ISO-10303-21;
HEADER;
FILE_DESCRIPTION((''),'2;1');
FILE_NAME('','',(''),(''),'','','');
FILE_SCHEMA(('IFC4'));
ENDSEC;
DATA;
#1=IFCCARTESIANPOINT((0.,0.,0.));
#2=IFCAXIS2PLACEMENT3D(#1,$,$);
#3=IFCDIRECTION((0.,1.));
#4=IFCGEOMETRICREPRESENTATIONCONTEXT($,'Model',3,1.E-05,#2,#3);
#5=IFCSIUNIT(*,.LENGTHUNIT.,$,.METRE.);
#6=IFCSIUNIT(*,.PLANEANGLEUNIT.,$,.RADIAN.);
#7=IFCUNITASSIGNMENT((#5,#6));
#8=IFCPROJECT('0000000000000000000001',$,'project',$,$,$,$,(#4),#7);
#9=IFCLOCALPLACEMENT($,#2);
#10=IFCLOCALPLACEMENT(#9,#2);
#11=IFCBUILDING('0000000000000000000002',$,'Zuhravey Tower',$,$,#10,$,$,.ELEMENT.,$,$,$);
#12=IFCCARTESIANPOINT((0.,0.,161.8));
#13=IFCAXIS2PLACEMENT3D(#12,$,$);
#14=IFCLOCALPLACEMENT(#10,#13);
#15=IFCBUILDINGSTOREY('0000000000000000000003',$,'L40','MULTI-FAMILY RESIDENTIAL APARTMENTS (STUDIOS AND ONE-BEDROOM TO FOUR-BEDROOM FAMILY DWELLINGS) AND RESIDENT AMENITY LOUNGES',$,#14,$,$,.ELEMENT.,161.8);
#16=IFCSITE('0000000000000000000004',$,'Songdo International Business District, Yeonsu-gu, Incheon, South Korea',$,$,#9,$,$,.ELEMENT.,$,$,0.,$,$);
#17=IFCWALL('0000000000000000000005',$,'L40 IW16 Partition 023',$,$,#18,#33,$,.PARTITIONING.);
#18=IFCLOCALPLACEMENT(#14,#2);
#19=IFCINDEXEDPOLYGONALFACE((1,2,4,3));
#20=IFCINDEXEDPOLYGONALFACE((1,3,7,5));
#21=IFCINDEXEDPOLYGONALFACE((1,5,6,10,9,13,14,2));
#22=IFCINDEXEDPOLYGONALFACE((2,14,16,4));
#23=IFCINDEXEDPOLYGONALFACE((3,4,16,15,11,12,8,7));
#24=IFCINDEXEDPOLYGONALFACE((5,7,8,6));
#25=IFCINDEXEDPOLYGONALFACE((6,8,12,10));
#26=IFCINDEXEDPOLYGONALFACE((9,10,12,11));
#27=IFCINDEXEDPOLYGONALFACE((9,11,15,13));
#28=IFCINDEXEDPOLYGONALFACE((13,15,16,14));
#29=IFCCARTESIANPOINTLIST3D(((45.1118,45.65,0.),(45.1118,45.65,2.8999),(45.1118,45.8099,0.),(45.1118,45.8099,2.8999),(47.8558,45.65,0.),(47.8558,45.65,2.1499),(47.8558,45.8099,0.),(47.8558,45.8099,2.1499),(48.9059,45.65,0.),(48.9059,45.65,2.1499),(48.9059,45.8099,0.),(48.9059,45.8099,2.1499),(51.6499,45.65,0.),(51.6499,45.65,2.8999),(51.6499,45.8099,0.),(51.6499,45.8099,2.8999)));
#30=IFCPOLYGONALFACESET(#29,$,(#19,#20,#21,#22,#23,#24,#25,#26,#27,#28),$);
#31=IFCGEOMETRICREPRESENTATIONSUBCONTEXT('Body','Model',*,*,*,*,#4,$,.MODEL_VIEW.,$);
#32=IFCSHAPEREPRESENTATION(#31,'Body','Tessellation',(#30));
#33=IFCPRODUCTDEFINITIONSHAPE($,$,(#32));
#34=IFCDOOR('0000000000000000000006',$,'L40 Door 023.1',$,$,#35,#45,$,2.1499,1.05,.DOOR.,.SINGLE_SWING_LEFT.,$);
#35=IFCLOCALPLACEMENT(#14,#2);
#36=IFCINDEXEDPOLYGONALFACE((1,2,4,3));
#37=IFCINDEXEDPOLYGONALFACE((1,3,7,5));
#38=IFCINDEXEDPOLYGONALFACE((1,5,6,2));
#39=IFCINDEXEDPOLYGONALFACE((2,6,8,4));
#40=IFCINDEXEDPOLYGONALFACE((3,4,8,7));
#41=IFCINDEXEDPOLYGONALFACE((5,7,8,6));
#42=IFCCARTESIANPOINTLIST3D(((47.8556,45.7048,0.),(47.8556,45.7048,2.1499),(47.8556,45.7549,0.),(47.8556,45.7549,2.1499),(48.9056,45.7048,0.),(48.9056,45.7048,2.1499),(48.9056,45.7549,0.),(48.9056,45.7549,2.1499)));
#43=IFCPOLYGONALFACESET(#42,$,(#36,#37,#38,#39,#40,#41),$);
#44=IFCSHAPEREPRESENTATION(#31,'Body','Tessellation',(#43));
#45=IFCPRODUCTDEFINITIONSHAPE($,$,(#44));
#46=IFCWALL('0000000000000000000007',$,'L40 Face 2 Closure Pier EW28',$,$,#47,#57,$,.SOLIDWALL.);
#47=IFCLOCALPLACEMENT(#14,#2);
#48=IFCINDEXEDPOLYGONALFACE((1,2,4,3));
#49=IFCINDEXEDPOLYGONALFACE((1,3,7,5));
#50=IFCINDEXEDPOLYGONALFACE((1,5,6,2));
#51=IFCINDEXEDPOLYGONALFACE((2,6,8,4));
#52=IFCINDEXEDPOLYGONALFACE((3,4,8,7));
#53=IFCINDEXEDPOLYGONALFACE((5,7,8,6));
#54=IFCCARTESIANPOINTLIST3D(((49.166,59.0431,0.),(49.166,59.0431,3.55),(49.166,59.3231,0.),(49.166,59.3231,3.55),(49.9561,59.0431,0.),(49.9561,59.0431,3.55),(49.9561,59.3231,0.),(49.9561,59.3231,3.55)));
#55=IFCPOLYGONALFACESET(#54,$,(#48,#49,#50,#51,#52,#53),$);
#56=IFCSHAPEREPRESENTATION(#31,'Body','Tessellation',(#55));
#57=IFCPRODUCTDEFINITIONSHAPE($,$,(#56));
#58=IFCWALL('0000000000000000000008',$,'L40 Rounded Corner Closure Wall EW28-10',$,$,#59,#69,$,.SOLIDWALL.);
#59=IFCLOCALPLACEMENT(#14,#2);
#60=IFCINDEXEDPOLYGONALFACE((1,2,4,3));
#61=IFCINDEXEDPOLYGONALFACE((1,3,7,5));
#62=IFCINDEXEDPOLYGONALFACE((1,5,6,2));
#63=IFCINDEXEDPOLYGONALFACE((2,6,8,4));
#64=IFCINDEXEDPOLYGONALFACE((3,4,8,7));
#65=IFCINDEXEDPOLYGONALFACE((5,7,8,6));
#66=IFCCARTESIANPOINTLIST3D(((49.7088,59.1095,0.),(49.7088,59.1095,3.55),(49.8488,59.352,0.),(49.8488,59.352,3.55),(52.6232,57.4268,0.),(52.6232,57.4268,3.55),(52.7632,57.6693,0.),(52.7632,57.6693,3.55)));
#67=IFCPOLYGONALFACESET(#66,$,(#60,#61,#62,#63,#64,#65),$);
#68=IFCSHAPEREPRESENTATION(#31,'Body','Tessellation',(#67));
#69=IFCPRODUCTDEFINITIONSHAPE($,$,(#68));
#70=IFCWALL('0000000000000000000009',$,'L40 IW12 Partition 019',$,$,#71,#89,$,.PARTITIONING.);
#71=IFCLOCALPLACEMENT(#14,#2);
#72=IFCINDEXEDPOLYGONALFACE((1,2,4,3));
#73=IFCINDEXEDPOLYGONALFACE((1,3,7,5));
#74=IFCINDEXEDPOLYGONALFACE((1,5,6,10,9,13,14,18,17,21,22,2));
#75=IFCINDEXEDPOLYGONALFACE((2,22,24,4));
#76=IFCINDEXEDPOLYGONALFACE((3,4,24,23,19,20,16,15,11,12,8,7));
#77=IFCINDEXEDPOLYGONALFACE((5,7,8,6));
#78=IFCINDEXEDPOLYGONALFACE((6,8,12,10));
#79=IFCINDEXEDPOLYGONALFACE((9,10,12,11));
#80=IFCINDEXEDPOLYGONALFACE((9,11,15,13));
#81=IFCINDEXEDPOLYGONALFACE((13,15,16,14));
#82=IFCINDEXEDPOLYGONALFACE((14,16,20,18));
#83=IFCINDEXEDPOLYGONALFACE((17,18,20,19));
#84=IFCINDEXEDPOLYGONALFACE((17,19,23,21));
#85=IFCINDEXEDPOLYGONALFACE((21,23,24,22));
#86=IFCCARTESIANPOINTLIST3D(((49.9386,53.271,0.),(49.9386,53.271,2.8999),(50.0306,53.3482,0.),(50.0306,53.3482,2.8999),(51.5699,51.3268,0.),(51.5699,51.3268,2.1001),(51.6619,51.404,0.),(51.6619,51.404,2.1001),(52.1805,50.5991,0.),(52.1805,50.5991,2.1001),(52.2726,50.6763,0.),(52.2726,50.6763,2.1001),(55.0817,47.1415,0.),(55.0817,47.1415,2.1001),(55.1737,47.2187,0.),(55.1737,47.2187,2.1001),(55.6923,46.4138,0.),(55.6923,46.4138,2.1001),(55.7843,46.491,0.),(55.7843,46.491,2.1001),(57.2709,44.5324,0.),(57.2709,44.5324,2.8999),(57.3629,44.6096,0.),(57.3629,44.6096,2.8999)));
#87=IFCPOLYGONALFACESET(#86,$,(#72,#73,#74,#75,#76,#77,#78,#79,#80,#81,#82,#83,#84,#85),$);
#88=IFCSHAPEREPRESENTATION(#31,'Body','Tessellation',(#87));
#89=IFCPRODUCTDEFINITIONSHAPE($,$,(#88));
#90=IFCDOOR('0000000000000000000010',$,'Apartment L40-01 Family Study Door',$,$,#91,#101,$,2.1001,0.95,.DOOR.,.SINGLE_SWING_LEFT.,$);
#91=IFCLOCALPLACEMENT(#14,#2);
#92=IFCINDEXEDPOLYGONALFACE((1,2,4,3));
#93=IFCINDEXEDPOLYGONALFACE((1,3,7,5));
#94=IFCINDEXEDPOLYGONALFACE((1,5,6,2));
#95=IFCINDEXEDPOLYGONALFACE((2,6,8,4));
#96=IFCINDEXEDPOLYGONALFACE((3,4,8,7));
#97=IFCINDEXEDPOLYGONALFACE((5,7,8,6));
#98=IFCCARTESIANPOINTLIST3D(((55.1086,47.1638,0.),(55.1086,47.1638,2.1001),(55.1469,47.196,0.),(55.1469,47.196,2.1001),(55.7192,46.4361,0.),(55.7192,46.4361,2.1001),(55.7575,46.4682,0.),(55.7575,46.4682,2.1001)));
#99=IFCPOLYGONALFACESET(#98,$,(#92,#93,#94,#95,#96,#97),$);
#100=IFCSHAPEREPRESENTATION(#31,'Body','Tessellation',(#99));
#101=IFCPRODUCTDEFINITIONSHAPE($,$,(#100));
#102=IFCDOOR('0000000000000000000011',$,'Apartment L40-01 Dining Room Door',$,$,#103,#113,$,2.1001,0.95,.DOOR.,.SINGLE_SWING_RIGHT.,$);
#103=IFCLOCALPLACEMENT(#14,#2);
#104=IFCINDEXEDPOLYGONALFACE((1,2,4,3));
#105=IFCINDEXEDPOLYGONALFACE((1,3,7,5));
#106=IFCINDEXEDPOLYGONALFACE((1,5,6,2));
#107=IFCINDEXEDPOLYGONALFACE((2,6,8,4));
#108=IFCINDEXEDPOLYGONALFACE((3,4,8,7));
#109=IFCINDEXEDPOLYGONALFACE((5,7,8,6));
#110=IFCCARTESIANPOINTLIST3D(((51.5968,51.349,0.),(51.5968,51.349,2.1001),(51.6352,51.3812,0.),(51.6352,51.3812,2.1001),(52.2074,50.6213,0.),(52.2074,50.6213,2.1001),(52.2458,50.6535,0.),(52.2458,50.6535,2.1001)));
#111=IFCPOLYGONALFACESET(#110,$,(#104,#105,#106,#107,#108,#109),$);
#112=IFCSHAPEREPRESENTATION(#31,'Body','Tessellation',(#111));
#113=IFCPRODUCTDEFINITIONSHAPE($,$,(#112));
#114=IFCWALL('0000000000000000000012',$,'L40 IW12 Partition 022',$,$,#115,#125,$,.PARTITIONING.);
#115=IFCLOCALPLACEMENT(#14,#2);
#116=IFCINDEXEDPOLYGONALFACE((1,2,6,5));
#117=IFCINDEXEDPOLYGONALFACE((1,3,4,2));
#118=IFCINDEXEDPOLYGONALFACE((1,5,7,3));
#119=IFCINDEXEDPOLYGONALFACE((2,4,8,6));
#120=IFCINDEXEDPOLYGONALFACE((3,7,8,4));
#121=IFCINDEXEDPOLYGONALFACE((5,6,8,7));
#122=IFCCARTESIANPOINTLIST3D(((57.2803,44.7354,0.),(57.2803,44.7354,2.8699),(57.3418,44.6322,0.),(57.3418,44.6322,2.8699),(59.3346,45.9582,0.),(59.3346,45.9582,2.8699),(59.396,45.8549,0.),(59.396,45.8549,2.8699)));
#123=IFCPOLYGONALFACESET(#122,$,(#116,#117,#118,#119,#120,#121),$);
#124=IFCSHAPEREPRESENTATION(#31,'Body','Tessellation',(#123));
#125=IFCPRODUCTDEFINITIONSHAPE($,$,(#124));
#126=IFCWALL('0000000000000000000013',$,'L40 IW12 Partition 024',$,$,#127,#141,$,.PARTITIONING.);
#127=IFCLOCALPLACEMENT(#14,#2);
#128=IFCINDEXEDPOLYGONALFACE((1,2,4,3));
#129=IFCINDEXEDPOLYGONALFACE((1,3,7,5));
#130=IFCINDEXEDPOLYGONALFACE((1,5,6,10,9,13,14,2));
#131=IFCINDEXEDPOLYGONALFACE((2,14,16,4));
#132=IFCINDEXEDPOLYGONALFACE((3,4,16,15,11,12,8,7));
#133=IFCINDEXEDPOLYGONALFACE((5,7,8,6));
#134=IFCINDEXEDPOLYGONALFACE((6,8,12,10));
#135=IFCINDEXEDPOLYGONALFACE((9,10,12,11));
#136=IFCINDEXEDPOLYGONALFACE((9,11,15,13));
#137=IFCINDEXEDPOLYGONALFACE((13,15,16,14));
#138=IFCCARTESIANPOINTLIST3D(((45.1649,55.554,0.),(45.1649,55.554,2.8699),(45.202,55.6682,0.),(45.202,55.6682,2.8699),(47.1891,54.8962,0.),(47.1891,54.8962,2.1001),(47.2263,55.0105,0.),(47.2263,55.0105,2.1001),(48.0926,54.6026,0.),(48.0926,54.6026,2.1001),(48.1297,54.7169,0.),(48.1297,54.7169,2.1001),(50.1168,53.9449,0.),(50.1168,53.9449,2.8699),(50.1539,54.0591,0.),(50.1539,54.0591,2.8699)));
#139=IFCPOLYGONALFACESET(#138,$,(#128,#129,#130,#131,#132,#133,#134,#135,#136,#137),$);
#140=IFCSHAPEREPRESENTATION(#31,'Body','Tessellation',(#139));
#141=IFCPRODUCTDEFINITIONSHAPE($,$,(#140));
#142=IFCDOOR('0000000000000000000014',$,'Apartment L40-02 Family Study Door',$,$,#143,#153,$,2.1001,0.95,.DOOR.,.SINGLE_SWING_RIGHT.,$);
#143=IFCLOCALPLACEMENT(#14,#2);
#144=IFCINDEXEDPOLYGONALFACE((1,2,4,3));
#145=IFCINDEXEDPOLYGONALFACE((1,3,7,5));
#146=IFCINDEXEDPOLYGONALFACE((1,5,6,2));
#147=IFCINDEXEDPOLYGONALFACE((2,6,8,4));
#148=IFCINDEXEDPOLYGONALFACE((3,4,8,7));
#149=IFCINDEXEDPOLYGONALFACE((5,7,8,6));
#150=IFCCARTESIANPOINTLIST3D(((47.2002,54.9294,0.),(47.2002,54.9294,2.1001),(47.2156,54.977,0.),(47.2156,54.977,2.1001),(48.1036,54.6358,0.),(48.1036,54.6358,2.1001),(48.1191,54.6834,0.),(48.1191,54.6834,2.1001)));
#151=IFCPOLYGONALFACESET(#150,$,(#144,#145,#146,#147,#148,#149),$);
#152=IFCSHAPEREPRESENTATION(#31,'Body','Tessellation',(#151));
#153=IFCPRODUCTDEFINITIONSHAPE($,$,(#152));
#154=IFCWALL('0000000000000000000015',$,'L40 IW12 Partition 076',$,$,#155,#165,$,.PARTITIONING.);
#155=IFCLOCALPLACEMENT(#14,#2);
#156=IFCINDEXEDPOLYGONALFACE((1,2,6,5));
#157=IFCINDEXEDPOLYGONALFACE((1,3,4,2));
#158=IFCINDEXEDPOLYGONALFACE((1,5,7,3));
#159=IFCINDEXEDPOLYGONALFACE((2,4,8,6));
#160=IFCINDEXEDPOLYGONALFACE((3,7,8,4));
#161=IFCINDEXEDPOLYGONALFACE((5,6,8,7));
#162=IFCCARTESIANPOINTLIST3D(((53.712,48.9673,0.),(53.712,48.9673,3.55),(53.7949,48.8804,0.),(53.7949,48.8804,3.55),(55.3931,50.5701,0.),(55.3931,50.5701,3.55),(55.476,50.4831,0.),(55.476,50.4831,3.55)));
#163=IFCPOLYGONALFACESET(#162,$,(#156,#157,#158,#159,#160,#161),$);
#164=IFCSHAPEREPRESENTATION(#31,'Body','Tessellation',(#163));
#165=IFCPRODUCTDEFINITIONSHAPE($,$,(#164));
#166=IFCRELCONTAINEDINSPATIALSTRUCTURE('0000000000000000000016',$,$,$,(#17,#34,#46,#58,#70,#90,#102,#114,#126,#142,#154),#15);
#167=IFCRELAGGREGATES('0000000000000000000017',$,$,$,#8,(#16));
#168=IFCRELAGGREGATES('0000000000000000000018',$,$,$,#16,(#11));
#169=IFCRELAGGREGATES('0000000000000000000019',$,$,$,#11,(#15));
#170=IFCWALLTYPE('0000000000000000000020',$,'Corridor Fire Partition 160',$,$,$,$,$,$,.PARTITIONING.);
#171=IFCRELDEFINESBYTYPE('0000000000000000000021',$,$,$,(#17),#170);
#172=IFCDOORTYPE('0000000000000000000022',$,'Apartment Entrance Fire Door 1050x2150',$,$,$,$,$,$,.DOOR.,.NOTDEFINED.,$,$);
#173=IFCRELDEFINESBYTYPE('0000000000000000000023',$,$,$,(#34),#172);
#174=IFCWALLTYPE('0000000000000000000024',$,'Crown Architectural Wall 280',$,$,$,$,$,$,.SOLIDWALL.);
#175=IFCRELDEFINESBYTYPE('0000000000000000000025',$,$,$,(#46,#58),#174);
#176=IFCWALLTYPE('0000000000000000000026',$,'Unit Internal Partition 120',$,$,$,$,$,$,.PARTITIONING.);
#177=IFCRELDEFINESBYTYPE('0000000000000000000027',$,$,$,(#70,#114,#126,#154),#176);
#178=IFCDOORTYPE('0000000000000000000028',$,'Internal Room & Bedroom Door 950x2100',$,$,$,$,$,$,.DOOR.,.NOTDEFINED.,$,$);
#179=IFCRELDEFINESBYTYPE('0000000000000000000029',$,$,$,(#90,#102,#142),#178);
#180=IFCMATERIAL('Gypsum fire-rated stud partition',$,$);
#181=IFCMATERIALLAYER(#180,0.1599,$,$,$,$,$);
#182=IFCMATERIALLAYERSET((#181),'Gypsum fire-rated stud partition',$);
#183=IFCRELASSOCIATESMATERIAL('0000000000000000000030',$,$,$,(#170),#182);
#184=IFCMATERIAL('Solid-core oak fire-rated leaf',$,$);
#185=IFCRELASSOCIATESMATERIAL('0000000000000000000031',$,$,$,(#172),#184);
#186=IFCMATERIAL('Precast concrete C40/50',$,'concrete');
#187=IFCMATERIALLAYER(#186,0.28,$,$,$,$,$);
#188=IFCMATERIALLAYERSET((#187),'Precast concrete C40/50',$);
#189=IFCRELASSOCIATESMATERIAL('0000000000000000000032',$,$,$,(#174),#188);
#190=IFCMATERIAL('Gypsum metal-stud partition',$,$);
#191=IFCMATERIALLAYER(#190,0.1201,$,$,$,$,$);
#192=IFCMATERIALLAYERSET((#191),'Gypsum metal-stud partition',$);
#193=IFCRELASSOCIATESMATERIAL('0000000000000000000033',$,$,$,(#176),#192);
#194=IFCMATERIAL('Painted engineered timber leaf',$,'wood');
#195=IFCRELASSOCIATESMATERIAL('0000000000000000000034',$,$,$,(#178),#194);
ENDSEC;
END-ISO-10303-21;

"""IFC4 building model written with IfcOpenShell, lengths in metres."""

from ifc_helpers import new_model, si_unit, direction, frame, frame_2d, origin, place, context, subcontext, project, spatial, rectangle, extrude, material, layer, layer_set, type_object, element, fill, save


model = new_model("IFC4")

# Units and contexts
model_context = context("Model", 3, precision=1e-05, world=origin(), true_north=direction((0.0, 1.0)))
body_context = subcontext(model_context, "Body", "Model", "MODEL_VIEW")
ifc_project = project(units=[si_unit("LENGTHUNIT", "METRE"), si_unit("PLANEANGLEUNIT", "RADIAN")], contexts=[model_context])

# Site, building, storey
site_placement = place(None, origin())
site = spatial("IfcSite", under=ifc_project, at=site_placement, Name="Songdo International Business District, Yeonsu-gu, Incheon, South Korea", CompositionType="ELEMENT", RefElevation=0.0)
building_placement = place(site_placement, origin())
building = spatial("IfcBuilding", under=site, at=building_placement, Name="Zuhravey Tower", CompositionType="ELEMENT")
storey_placement = place(building_placement, frame((0.0, 0.0, 161.8)))
storey = spatial("IfcBuildingStorey", under=building, at=storey_placement, Name="L40", Description="MULTI-FAMILY RESIDENTIAL APARTMENTS (STUDIOS AND ONE-BEDROOM TO FOUR-BEDROOM FAMILY DWELLINGS) AND RESIDENT AMENITY LOUNGES", CompositionType="ELEMENT", Elevation=161.8)

# Wall, opening, door
ifc_material_1 = material(Name="Gypsum fire-rated stud partition")
ifc_layer_1 = layer(ifc_material_1, 0.1599)
ifc_layer_set_1 = layer_set([ifc_layer_1], Name="Gypsum fire-rated stud partition")
wall_type_1 = type_object("IfcWallType", Name="Corridor Fire Partition 160", PredefinedType="PARTITIONING", material=ifc_layer_set_1)
wall_1_placement = place(storey_placement, frame((51.6499, 45.73, 0.0), z_axis=(0.0, 0.0, 1.0), x_axis=(-1.0, 0.0, 0.0)))
wall_1 = element("IfcWall", 1, at=wall_1_placement, inside=storey, type_object=wall_type_1, Name="L40 IW16 Partition 023", PredefinedType="PARTITIONING", context=body_context, shape_type="SweptSolid", body=[
    extrude(rectangle(XDim=6.5381, YDim=0.1599, at=frame_2d((3.269, 0.0))), origin(), (0.0, 0.0, 1.0), 2.8999),
])
opening_1_placement = place(wall_1_placement, frame((2.7441, 0.0, 0.0)))
opening_1 = element("IfcOpeningElement", 2, at=opening_1_placement, cuts=wall_1, PredefinedType="OPENING", context=body_context, shape_type="SweptSolid", body=[
    extrude(rectangle(XDim=1.05, YDim=2.1499, at=frame_2d((0.5249, 1.075))), frame((0.0, 0.092, 0.0), z_axis=(0.0, -1.0, 0.0), x_axis=(1.0, 0.0, 0.0)), (0.0, 0.0, 1.0), 0.1838),
])
ifc_material_2 = material(Name="Solid-core oak fire-rated leaf")
door_type_1 = type_object("IfcDoorType", Name="Apartment Entrance Fire Door 1050x2150", OperationType="NOTDEFINED", PredefinedType="DOOR", material=ifc_material_2)
door_1_placement = place(opening_1_placement, frame((1.05, 0.0, 0.0), z_axis=(0.0, 0.0, 1.0), x_axis=(-1.0, 0.0, 0.0)))
door_1 = element("IfcDoor", 3, at=door_1_placement, inside=storey, type_object=door_type_1, Name="L40 Door 023.1", OperationType="SINGLE_SWING_LEFT", OverallHeight=2.1499, OverallWidth=1.05, PredefinedType="DOOR", context=body_context, shape_type="SweptSolid", body=[
    extrude(rectangle(XDim=1.05, YDim=2.1499, at=frame_2d((0.5249, 1.075))), frame((0.0, 0.0249, 0.0), z_axis=(0.0, -1.0, 0.0), x_axis=(1.0, 0.0, 0.0)), (0.0, 0.0, 1.0), 0.05),
])
fill(opening_1, door_1)

# Walls
ifc_material_3 = material(Name="Precast concrete C40/50", Category="concrete")
ifc_layer_2 = layer(ifc_material_3, 0.28)
ifc_layer_set_2 = layer_set([ifc_layer_2], Name="Precast concrete C40/50")
wall_type_2 = type_object("IfcWallType", Name="Crown Architectural Wall 280", PredefinedType="SOLIDWALL", material=ifc_layer_set_2)
wall_2_placement = place(storey_placement, frame((49.166, 59.1831, 0.0), z_axis=(0.0, 0.0, 1.0), x_axis=(1.0, 0.0, 0.0)))
element("IfcWall", 4, at=wall_2_placement, inside=storey, type_object=wall_type_2, Name="L40 Face 2 Closure Pier EW28", PredefinedType="SOLIDWALL", context=body_context, shape_type="SweptSolid", body=[
    extrude(rectangle(XDim=0.79, YDim=0.28, at=frame_2d((0.395, 0.0))), origin(), (0.0, 0.0, 1.0), 3.55),
])
wall_3_placement = place(storey_placement, frame((49.7788, 59.2307, 0.0), z_axis=(0.0, 0.0, 1.0), x_axis=(0.86602, -0.500009, 0.0)))
element("IfcWall", 5, at=wall_3_placement, inside=storey, type_object=wall_type_2, Name="L40 Rounded Corner Closure Wall EW28-10", PredefinedType="SOLIDWALL", context=body_context, shape_type="SweptSolid", body=[
    extrude(rectangle(XDim=3.3652, YDim=0.28, at=frame_2d((1.6826, 0.0))), origin(), (0.0, 0.0, 1.0), 3.55),
])

# Wall, openings, doors
ifc_material_4 = material(Name="Gypsum metal-stud partition")
ifc_layer_3 = layer(ifc_material_4, 0.1201)
ifc_layer_set_3 = layer_set([ifc_layer_3], Name="Gypsum metal-stud partition")
wall_type_3 = type_object("IfcWallType", Name="Unit Internal Partition 120", PredefinedType="PARTITIONING", material=ifc_layer_set_3)
wall_4_placement = place(storey_placement, frame((57.3169, 44.571, 0.0), z_axis=(0.0, 0.0, 1.0), x_axis=(-0.642776, 0.766054, 0.0)))
wall_4 = element("IfcWall", 6, at=wall_4_placement, inside=storey, type_object=wall_type_3, Name="L40 IW12 Partition 019", PredefinedType="PARTITIONING", context=body_context, shape_type="SweptSolid", body=[
    extrude(rectangle(XDim=11.4072, YDim=0.1201, at=frame_2d((5.7036, 0.0))), origin(), (0.0, 0.0, 1.0), 2.8999),
])
opening_2_placement = place(wall_4_placement, frame((2.4558, 0.0, 0.0)))
opening_2 = element("IfcOpeningElement", 7, at=opening_2_placement, cuts=wall_4, PredefinedType="OPENING", context=body_context, shape_type="SweptSolid", body=[
    extrude(rectangle(XDim=0.95, YDim=2.1001, at=frame_2d((0.4751, 1.05))), frame((0.0, 0.072, 0.0), z_axis=(0.0, -1.0, 0.0), x_axis=(1.0, 0.0, 0.0)), (0.0, 0.0, 1.0), 0.144),
])
opening_3_placement = place(wall_4_placement, frame((7.9192, 0.0, 0.0)))
opening_3 = element("IfcOpeningElement", 8, at=opening_3_placement, cuts=wall_4, PredefinedType="OPENING", context=body_context, shape_type="SweptSolid", body=[
    extrude(rectangle(XDim=0.95, YDim=2.1001, at=frame_2d((0.4751, 1.05))), frame((0.0, 0.072, 0.0), z_axis=(0.0, -1.0, 0.0), x_axis=(1.0, 0.0, 0.0)), (0.0, 0.0, 1.0), 0.144),
])
ifc_material_5 = material(Name="Painted engineered timber leaf", Category="wood")
door_type_2 = type_object("IfcDoorType", Name="Internal Room & Bedroom Door 950x2100", OperationType="NOTDEFINED", PredefinedType="DOOR", material=ifc_material_5)
door_2_placement = place(opening_2_placement, frame((0.95, 0.0, 0.0), z_axis=(0.0, 0.0, 1.0), x_axis=(-1.0, 0.0, 0.0)))
door_2 = element("IfcDoor", 9, at=door_2_placement, inside=storey, type_object=door_type_2, Name="Apartment L40-01 Family Study Door", OperationType="SINGLE_SWING_LEFT", OverallHeight=2.1001, OverallWidth=0.95, PredefinedType="DOOR", context=body_context, shape_type="SweptSolid", body=[
    extrude(rectangle(XDim=0.95, YDim=2.1001, at=frame_2d((0.4751, 1.05))), frame((0.0, 0.0249, 0.0), z_axis=(0.0, -1.0, 0.0), x_axis=(1.0, 0.0, 0.0)), (0.0, 0.0, 1.0), 0.05),
])
fill(opening_2, door_2)
door_3_placement = place(opening_3_placement, frame((0.95, 0.0, 0.0), z_axis=(0.0, 0.0, 1.0), x_axis=(-1.0, 0.0, 0.0)))
door_3 = element("IfcDoor", 10, at=door_3_placement, inside=storey, type_object=door_type_2, Name="Apartment L40-01 Dining Room Door", OperationType="SINGLE_SWING_RIGHT", OverallHeight=2.1001, OverallWidth=0.95, PredefinedType="DOOR", context=body_context, shape_type="SweptSolid", body=[
    extrude(rectangle(XDim=0.95, YDim=2.1001, at=frame_2d((0.4751, 1.05))), frame((0.0, 0.0249, 0.0), z_axis=(0.0, -1.0, 0.0), x_axis=(1.0, 0.0, 0.0)), (0.0, 0.0, 1.0), 0.05),
])
fill(opening_3, door_3)

# Wall
wall_5_placement = place(storey_placement, frame((57.311, 44.6838, 0.0), z_axis=(0.0, 0.0, 1.0), x_axis=(0.859308, 0.511459, 0.0)))
element("IfcWall", 11, at=wall_5_placement, inside=storey, type_object=wall_type_3, Name="L40 IW12 Partition 022", PredefinedType="PARTITIONING", context=body_context, shape_type="SweptSolid", body=[
    extrude(rectangle(XDim=2.3906, YDim=0.1201, at=frame_2d((1.1953, 0.0))), origin(), (0.0, 0.0, 1.0), 2.8699),
])

# Wall, opening, door
wall_6_placement = place(storey_placement, frame((50.1355, 54.002, 0.0), z_axis=(0.0, 0.0, 1.0), x_axis=(-0.951048, 0.309045, 0.0)))
wall_6 = element("IfcWall", 12, at=wall_6_placement, inside=storey, type_object=wall_type_3, Name="L40 IW12 Partition 024", PredefinedType="PARTITIONING", context=body_context, shape_type="SweptSolid", body=[
    extrude(rectangle(XDim=5.2068, YDim=0.1201, at=frame_2d((2.6035, 0.0))), origin(), (0.0, 0.0, 1.0), 2.8699),
])
opening_4_placement = place(wall_6_placement, frame((2.1284, 0.0, 0.0)))
opening_4 = element("IfcOpeningElement", 13, at=opening_4_placement, cuts=wall_6, PredefinedType="OPENING", context=body_context, shape_type="SweptSolid", body=[
    extrude(rectangle(XDim=0.95, YDim=2.1001, at=frame_2d((0.4751, 1.05))), frame((0.0, 0.072, 0.0), z_axis=(0.0, -1.0, 0.0), x_axis=(1.0, 0.0, 0.0)), (0.0, 0.0, 1.0), 0.144),
])
door_4_placement = place(opening_4_placement, frame((0.95, 0.0, 0.0), z_axis=(0.0, 0.0, 1.0), x_axis=(-1.0, 0.0, 0.0)))
door_4 = element("IfcDoor", 14, at=door_4_placement, inside=storey, type_object=door_type_2, Name="Apartment L40-02 Family Study Door", OperationType="SINGLE_SWING_RIGHT", OverallHeight=2.1001, OverallWidth=0.95, PredefinedType="DOOR", context=body_context, shape_type="SweptSolid", body=[
    extrude(rectangle(XDim=0.95, YDim=2.1001, at=frame_2d((0.4751, 1.05))), frame((0.0, 0.0249, 0.0), z_axis=(0.0, -1.0, 0.0), x_axis=(1.0, 0.0, 0.0)), (0.0, 0.0, 1.0), 0.05),
])
fill(opening_4, door_4)

# Wall
wall_7_placement = place(storey_placement, frame((53.7534, 48.9238, 0.0), z_axis=(0.0, 0.0, 1.0), x_axis=(0.723775, 0.690036, 0.0)))
element("IfcWall", 15, at=wall_7_placement, inside=storey, type_object=wall_type_3, Name="L40 IW12 Partition 076", PredefinedType="PARTITIONING", context=body_context, shape_type="SweptSolid", body=[
    extrude(rectangle(XDim=2.3228, YDim=0.1201, at=frame_2d((1.1614, 0.0))), origin(), (0.0, 0.0, 1.0), 3.55),
])

save(model, "model.ifc")
